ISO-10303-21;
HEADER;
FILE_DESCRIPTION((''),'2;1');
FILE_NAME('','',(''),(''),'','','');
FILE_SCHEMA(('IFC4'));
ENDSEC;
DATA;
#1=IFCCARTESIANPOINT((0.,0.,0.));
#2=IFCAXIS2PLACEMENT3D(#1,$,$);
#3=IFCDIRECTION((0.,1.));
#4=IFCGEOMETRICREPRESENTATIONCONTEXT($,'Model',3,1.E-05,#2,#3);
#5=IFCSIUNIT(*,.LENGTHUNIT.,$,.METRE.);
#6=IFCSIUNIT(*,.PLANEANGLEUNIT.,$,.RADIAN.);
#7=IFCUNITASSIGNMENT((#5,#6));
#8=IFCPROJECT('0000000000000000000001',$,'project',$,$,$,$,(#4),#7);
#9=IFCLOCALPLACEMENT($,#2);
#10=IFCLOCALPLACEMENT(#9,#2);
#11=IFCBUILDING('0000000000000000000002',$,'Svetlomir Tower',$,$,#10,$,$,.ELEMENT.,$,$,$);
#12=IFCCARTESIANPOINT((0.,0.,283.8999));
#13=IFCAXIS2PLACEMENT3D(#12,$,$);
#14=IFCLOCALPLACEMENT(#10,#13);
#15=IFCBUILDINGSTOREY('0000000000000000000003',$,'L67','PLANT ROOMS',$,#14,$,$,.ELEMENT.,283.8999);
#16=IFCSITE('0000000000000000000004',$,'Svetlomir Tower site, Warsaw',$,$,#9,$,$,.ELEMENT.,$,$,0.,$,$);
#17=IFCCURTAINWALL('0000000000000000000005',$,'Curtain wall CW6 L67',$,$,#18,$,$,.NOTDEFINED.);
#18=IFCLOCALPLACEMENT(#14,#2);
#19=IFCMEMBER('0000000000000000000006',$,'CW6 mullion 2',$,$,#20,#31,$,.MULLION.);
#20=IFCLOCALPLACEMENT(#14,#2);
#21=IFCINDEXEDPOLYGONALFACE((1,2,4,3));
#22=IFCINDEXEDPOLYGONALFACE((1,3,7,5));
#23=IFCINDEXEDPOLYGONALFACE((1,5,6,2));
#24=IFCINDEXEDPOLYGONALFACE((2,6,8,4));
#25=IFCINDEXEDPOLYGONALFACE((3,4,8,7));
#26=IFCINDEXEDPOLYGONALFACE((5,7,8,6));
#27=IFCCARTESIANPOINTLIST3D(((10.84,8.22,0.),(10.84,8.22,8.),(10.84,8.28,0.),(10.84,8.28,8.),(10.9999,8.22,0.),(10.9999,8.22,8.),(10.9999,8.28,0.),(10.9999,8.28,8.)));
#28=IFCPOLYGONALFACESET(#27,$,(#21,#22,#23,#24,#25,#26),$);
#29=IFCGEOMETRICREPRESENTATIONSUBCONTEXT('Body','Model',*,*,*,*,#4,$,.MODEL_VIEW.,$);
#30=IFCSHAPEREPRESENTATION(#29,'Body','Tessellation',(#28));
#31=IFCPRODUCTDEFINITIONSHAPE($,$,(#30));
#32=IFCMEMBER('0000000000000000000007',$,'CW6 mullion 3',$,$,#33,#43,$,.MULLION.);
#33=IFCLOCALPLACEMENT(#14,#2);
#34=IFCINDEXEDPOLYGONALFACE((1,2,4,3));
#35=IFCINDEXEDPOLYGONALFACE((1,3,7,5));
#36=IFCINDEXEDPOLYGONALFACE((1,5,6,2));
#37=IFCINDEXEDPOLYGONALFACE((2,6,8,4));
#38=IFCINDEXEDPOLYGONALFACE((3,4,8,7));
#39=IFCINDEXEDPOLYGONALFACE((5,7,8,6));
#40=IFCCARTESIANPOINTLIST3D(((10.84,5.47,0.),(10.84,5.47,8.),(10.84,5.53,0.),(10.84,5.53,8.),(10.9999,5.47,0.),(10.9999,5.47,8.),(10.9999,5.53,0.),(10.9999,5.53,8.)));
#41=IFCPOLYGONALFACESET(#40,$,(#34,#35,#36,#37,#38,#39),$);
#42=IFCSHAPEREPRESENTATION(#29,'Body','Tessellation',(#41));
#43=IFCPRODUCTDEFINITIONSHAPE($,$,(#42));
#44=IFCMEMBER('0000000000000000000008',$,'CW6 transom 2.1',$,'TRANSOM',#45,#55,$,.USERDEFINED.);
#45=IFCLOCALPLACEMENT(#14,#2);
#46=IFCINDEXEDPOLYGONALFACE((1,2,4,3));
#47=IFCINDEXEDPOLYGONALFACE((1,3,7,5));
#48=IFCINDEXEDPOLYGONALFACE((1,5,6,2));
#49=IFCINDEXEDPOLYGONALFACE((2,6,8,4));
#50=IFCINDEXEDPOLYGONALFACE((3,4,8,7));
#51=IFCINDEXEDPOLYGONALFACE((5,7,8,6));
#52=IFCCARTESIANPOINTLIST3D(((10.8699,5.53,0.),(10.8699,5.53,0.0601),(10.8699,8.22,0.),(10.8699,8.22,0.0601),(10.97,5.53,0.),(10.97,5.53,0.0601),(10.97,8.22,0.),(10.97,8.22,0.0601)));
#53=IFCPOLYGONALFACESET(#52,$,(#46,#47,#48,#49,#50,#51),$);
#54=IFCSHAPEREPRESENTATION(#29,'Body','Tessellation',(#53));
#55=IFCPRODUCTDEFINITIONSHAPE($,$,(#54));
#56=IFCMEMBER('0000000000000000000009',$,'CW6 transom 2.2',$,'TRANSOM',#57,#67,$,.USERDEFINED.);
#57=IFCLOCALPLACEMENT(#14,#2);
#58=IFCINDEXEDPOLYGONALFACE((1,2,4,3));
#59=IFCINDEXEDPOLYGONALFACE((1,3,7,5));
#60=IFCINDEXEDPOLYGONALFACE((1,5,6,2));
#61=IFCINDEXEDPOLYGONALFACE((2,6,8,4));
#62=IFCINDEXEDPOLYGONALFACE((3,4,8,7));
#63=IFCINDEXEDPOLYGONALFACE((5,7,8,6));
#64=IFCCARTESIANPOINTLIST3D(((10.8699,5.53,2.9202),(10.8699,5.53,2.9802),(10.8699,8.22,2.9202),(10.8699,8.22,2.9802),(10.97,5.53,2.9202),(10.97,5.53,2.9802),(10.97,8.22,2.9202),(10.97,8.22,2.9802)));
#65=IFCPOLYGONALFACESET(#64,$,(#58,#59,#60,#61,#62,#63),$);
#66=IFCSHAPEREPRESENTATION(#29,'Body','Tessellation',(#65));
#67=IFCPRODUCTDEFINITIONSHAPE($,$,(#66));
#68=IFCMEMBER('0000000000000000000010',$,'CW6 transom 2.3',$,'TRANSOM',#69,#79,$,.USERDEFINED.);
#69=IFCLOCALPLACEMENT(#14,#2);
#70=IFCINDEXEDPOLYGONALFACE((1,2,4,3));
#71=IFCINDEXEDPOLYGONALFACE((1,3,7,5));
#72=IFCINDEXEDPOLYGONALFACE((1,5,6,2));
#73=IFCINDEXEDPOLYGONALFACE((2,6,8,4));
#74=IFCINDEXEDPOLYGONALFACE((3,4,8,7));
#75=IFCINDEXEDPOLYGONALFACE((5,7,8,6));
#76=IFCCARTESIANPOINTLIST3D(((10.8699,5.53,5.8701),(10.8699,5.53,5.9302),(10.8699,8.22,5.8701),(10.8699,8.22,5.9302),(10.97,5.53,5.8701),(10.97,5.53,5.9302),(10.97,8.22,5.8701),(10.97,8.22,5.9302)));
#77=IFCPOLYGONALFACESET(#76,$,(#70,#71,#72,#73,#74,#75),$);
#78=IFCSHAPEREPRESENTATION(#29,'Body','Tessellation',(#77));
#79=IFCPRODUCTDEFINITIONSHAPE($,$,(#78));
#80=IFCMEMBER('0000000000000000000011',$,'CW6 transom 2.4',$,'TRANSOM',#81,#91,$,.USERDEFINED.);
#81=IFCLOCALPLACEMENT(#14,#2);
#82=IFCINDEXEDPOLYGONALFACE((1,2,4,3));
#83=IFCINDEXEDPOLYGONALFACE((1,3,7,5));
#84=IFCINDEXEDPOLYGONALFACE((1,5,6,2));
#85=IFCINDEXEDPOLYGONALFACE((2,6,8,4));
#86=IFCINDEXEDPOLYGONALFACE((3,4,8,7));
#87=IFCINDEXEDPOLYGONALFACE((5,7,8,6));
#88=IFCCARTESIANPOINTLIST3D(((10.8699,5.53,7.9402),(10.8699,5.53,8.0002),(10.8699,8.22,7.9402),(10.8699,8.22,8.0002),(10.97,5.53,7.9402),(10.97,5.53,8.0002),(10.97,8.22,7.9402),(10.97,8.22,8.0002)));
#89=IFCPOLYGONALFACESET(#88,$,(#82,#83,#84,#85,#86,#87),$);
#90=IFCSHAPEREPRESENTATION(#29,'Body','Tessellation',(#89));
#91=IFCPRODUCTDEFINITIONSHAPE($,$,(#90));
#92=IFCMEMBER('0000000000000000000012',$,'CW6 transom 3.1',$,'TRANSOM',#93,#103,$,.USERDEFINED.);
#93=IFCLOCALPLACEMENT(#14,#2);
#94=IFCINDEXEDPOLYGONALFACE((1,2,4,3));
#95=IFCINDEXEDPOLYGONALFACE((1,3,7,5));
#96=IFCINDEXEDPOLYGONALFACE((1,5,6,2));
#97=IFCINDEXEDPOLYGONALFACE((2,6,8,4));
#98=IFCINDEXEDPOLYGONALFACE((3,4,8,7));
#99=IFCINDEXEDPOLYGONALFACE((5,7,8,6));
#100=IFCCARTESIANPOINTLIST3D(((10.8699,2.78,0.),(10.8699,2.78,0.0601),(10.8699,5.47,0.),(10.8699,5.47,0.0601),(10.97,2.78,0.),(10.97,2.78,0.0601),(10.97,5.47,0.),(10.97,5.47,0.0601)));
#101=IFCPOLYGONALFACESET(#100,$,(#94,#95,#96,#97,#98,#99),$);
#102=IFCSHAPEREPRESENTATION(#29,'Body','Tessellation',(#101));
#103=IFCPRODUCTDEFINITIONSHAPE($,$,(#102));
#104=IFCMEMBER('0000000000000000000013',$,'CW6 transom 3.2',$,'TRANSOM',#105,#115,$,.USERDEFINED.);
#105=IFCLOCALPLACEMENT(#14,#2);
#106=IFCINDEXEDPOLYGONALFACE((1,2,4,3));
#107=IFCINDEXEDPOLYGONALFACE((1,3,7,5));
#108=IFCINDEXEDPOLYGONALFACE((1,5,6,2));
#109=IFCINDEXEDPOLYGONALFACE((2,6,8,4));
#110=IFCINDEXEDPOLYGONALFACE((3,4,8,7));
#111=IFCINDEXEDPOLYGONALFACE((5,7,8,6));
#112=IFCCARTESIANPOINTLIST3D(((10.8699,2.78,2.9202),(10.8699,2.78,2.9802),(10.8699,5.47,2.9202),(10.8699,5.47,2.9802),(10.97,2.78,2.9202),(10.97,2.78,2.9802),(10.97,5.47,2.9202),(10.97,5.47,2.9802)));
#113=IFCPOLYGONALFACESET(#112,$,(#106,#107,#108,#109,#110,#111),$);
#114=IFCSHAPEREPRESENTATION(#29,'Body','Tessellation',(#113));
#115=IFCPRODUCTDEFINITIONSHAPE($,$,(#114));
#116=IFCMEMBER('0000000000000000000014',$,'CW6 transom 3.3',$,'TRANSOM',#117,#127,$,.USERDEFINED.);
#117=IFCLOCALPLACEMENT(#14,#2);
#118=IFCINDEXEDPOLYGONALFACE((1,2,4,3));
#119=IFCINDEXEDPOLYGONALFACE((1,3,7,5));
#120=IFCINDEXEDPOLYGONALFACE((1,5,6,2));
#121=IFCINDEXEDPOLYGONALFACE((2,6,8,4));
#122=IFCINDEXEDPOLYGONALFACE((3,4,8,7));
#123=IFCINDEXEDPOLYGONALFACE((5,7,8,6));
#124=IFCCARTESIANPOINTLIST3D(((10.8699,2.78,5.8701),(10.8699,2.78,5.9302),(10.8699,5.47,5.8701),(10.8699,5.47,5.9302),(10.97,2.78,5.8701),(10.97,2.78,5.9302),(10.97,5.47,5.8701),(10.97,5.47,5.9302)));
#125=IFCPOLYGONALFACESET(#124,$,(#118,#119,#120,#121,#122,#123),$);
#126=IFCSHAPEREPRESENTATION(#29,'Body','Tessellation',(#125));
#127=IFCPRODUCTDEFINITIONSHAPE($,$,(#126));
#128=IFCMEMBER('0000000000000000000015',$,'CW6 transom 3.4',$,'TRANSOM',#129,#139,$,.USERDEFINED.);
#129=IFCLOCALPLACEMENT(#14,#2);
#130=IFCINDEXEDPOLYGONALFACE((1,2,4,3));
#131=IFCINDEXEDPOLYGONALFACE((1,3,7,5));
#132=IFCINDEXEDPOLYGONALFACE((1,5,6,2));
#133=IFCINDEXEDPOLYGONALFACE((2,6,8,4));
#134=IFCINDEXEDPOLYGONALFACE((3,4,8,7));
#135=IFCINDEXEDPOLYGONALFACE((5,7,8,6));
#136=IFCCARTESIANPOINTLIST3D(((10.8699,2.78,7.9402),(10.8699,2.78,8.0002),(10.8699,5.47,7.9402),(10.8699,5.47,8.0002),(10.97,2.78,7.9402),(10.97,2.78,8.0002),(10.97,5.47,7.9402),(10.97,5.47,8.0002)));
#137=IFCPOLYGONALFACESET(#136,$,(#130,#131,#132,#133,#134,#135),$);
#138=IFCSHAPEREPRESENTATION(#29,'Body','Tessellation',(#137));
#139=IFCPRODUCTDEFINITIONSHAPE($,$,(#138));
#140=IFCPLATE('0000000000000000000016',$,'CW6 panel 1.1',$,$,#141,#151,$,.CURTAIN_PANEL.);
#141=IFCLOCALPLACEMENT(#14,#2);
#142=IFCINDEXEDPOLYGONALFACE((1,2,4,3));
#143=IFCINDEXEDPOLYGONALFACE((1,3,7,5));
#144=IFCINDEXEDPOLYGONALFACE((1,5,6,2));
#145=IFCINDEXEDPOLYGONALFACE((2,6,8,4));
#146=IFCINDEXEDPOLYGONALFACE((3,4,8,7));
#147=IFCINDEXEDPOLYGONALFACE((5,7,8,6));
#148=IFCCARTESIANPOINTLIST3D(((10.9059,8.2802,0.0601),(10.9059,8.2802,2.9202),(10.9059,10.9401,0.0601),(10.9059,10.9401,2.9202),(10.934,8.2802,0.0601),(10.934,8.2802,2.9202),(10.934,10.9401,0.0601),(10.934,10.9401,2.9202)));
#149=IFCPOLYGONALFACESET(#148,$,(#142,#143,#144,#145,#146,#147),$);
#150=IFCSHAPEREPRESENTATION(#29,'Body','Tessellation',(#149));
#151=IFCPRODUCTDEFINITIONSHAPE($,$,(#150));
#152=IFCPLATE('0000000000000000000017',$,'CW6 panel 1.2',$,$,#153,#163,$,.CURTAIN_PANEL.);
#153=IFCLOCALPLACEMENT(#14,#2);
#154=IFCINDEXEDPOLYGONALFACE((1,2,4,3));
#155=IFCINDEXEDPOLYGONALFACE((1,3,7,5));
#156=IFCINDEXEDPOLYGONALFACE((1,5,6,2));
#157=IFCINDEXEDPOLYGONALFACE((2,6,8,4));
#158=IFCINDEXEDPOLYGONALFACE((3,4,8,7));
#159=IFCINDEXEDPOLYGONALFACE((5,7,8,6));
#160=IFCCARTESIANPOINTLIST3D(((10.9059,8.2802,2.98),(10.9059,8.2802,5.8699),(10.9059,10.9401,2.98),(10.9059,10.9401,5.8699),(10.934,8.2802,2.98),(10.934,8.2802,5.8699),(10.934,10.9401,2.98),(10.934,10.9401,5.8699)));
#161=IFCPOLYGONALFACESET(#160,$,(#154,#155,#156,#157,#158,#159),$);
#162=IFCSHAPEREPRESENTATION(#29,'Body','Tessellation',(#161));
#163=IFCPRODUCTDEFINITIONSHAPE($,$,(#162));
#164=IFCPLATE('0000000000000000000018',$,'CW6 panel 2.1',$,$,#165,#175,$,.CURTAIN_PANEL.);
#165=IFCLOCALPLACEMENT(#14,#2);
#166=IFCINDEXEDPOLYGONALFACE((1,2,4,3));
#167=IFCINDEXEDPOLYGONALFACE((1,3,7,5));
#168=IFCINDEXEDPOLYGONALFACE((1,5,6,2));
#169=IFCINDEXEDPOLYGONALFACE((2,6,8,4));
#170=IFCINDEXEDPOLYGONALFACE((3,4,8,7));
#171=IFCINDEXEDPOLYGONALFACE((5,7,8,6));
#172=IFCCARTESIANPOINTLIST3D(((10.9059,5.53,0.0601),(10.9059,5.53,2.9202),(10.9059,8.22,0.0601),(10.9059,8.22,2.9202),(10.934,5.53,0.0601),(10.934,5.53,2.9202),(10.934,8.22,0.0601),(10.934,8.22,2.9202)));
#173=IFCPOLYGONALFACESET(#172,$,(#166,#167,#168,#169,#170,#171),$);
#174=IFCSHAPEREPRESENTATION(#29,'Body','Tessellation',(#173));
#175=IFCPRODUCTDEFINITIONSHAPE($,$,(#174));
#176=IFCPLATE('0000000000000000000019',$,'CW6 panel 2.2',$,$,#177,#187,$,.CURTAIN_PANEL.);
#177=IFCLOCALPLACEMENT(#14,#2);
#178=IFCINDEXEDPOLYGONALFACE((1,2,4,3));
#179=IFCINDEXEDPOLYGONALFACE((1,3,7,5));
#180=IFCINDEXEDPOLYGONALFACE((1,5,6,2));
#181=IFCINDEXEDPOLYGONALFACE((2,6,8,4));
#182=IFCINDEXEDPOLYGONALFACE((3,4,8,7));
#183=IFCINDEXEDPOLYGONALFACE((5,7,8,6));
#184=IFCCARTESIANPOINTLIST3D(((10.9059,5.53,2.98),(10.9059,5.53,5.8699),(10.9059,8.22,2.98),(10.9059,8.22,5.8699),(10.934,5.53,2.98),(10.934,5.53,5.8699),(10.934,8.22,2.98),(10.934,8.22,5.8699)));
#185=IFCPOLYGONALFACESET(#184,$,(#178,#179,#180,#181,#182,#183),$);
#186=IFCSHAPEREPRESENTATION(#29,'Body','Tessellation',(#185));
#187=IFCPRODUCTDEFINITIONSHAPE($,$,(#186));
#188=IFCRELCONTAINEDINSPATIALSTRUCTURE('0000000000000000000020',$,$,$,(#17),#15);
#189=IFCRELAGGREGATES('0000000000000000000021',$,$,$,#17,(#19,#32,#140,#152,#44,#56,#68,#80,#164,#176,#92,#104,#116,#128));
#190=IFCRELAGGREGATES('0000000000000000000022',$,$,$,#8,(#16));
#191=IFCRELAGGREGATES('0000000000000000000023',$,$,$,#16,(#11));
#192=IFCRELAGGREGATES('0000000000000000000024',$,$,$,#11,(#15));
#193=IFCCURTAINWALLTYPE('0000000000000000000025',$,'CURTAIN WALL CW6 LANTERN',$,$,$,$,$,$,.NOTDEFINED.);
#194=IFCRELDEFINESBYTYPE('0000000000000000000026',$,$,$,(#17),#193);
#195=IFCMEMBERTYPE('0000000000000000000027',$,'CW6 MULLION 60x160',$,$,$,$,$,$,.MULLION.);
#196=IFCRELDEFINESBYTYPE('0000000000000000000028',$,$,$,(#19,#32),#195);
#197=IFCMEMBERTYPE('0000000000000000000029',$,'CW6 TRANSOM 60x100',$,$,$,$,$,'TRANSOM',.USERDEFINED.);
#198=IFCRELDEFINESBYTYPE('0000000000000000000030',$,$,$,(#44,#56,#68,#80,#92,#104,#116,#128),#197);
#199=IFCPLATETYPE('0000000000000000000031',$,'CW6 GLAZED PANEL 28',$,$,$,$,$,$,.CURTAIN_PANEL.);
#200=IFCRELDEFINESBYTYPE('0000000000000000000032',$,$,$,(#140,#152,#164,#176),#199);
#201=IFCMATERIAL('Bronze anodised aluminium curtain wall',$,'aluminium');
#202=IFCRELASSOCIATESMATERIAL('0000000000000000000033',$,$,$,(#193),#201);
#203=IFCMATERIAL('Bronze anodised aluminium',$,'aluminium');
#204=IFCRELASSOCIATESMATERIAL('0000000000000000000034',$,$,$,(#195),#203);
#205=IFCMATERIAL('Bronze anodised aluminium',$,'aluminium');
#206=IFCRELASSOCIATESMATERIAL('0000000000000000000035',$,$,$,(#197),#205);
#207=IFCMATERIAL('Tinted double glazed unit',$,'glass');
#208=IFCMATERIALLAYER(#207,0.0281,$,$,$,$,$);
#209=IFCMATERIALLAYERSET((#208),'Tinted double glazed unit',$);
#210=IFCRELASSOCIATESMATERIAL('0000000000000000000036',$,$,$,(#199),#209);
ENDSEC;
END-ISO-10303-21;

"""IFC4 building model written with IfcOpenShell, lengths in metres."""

from ifc_helpers import new_model, si_unit, direction, frame, origin, origin_2d, place, context, subcontext, project, spatial, rectangle, extrude, material, layer, layer_set, material_profile, profile_set, type_object, element, aggregate, save


model = new_model("IFC4")

# Units and contexts
model_context = context("Model", 3, precision=1e-05, world=origin(), true_north=direction((0.0, 1.0)))
body_context = subcontext(model_context, "Body", "Model", "MODEL_VIEW")
ifc_project = project(units=[si_unit("LENGTHUNIT", "METRE"), si_unit("PLANEANGLEUNIT", "RADIAN")], contexts=[model_context])

# Site, building, storey
site_placement = place(None, origin())
site = spatial("IfcSite", under=ifc_project, at=site_placement, Name="Svetlomir Tower site, Warsaw", CompositionType="ELEMENT", RefElevation=0.0)
building_placement = place(site_placement, origin())
building = spatial("IfcBuilding", under=site, at=building_placement, Name="Svetlomir Tower", CompositionType="ELEMENT")
storey_placement = place(building_placement, frame((0.0, 0.0, 283.8999)))
storey = spatial("IfcBuildingStorey", under=building, at=storey_placement, Name="L67", Description="PLANT ROOMS", CompositionType="ELEMENT", Elevation=283.8999)

# Curtain wall, members, plates
ifc_material_1 = material(Name="Bronze anodised aluminium curtain wall", Category="aluminium")
curtain_wall_type = type_object("IfcCurtainWallType", Name="CURTAIN WALL CW6 LANTERN", PredefinedType="NOTDEFINED", material=ifc_material_1)
curtain_wall_placement = place(storey_placement, origin())
curtain_wall = element("IfcCurtainWall", 1, at=curtain_wall_placement, inside=storey, type_object=curtain_wall_type, Name="Curtain wall CW6 L67", PredefinedType="NOTDEFINED")
ifc_material_2 = material(Name="Bronze anodised aluminium", Category="aluminium")
ifc_material_profile_1 = material_profile(ifc_material_2, rectangle(XDim=0.0601, YDim=0.1599, at=origin_2d()), Name="AL 60x160")
ifc_profile_set_1 = profile_set([ifc_material_profile_1], Name="Bronze anodised aluminium 6063-T6")
member_type_1 = type_object("IfcMemberType", Name="CW6 MULLION 60x160", PredefinedType="MULLION", material=ifc_profile_set_1)
member_1_placement = place(storey_placement, frame((10.9199, 8.25, 0.0), z_axis=(0.0, 0.0, 1.0), x_axis=(0.0, -1.0, 0.0)))
member_1 = element("IfcMember", 2, at=member_1_placement, type_object=member_type_1, Name="CW6 mullion 2", PredefinedType="MULLION", context=body_context, shape_type="SweptSolid", body=[
    extrude(rectangle(XDim=0.0601, YDim=0.1599, at=origin_2d()), origin(), (0.0, 0.0, 1.0), 8.0),
])
member_2_placement = place(storey_placement, frame((10.9199, 5.5, 0.0), z_axis=(0.0, 0.0, 1.0), x_axis=(0.0, -1.0, 0.0)))
member_2 = element("IfcMember", 3, at=member_2_placement, type_object=member_type_1, Name="CW6 mullion 3", PredefinedType="MULLION", context=body_context, shape_type="SweptSolid", body=[
    extrude(rectangle(XDim=0.0601, YDim=0.1599, at=origin_2d()), origin(), (0.0, 0.0, 1.0), 8.0),
])
ifc_material_3 = material(Name="Bronze anodised aluminium", Category="aluminium")
ifc_material_profile_2 = material_profile(ifc_material_3, rectangle(XDim=0.1001, YDim=0.0601, at=origin_2d()), Name="AL 100x60")
ifc_profile_set_2 = profile_set([ifc_material_profile_2], Name="Bronze anodised aluminium 6063-T6")
member_type_2 = type_object("IfcMemberType", Name="CW6 TRANSOM 60x100", ElementType="TRANSOM", PredefinedType="USERDEFINED", material=ifc_profile_set_2)
member_3_placement = place(storey_placement, frame((10.9199, 8.22, 0.03), z_axis=(0.0, -1.0, 0.0), x_axis=(1.0, 0.0, 0.0)))
member_3 = element("IfcMember", 4, at=member_3_placement, type_object=member_type_2, Name="CW6 transom 2.1", ObjectType="TRANSOM", PredefinedType="USERDEFINED", context=body_context, shape_type="SweptSolid", body=[
    extrude(rectangle(XDim=0.1001, YDim=0.0601, at=origin_2d()), origin(), (0.0, 0.0, 1.0), 2.6899),
])
member_4_placement = place(storey_placement, frame((10.9199, 8.22, 2.9502), z_axis=(0.0, -1.0, 0.0), x_axis=(1.0, 0.0, 0.0)))
member_4 = element("IfcMember", 5, at=member_4_placement, type_object=member_type_2, Name="CW6 transom 2.2", ObjectType="TRANSOM", PredefinedType="USERDEFINED", context=body_context, shape_type="SweptSolid", body=[
    extrude(rectangle(XDim=0.1001, YDim=0.0601, at=origin_2d()), origin(), (0.0, 0.0, 1.0), 2.6899),
])
member_5_placement = place(storey_placement, frame((10.9199, 8.22, 5.9001), z_axis=(0.0, -1.0, 0.0), x_axis=(1.0, 0.0, 0.0)))
member_5 = element("IfcMember", 6, at=member_5_placement, type_object=member_type_2, Name="CW6 transom 2.3", ObjectType="TRANSOM", PredefinedType="USERDEFINED", context=body_context, shape_type="SweptSolid", body=[
    extrude(rectangle(XDim=0.1001, YDim=0.0601, at=origin_2d()), origin(), (0.0, 0.0, 1.0), 2.6899),
])
member_6_placement = place(storey_placement, frame((10.9199, 8.22, 7.9702), z_axis=(0.0, -1.0, 0.0), x_axis=(1.0, 0.0, 0.0)))
member_6 = element("IfcMember", 7, at=member_6_placement, type_object=member_type_2, Name="CW6 transom 2.4", ObjectType="TRANSOM", PredefinedType="USERDEFINED", context=body_context, shape_type="SweptSolid", body=[
    extrude(rectangle(XDim=0.1001, YDim=0.0601, at=origin_2d()), origin(), (0.0, 0.0, 1.0), 2.6899),
])
member_7_placement = place(storey_placement, frame((10.9199, 5.47, 0.03), z_axis=(0.0, -1.0, 0.0), x_axis=(1.0, 0.0, 0.0)))
member_7 = element("IfcMember", 8, at=member_7_placement, type_object=member_type_2, Name="CW6 transom 3.1", ObjectType="TRANSOM", PredefinedType="USERDEFINED", context=body_context, shape_type="SweptSolid", body=[
    extrude(rectangle(XDim=0.1001, YDim=0.0601, at=origin_2d()), origin(), (0.0, 0.0, 1.0), 2.6899),
])
member_8_placement = place(storey_placement, frame((10.9199, 5.47, 2.9502), z_axis=(0.0, -1.0, 0.0), x_axis=(1.0, 0.0, 0.0)))
member_8 = element("IfcMember", 9, at=member_8_placement, type_object=member_type_2, Name="CW6 transom 3.2", ObjectType="TRANSOM", PredefinedType="USERDEFINED", context=body_context, shape_type="SweptSolid", body=[
    extrude(rectangle(XDim=0.1001, YDim=0.0601, at=origin_2d()), origin(), (0.0, 0.0, 1.0), 2.6899),
])
member_9_placement = place(storey_placement, frame((10.9199, 5.47, 5.9001), z_axis=(0.0, -1.0, 0.0), x_axis=(1.0, 0.0, 0.0)))
member_9 = element("IfcMember", 10, at=member_9_placement, type_object=member_type_2, Name="CW6 transom 3.3", ObjectType="TRANSOM", PredefinedType="USERDEFINED", context=body_context, shape_type="SweptSolid", body=[
    extrude(rectangle(XDim=0.1001, YDim=0.0601, at=origin_2d()), origin(), (0.0, 0.0, 1.0), 2.6899),
])
member_10_placement = place(storey_placement, frame((10.9199, 5.47, 7.9702), z_axis=(0.0, -1.0, 0.0), x_axis=(1.0, 0.0, 0.0)))
member_10 = element("IfcMember", 11, at=member_10_placement, type_object=member_type_2, Name="CW6 transom 3.4", ObjectType="TRANSOM", PredefinedType="USERDEFINED", context=body_context, shape_type="SweptSolid", body=[
    extrude(rectangle(XDim=0.1001, YDim=0.0601, at=origin_2d()), origin(), (0.0, 0.0, 1.0), 2.6899),
])
ifc_material_4 = material(Name="Tinted double glazed unit", Category="glass")
ifc_layer = layer(ifc_material_4, 0.0281)
ifc_layer_set = layer_set([ifc_layer], Name="Tinted double glazed unit")
plate_type = type_object("IfcPlateType", Name="CW6 GLAZED PANEL 28", PredefinedType="CURTAIN_PANEL", material=ifc_layer_set)
plate_1_placement = place(storey_placement, frame((10.9199, 9.6101, 0.0601), z_axis=(0.0, 0.0, 1.0), x_axis=(0.0, -1.0, 0.0)))
plate_1 = element("IfcPlate", 12, at=plate_1_placement, type_object=plate_type, Name="CW6 panel 1.1", PredefinedType="CURTAIN_PANEL", context=body_context, shape_type="SweptSolid", body=[
    extrude(rectangle(XDim=2.6599, YDim=0.0281, at=origin_2d()), origin(), (0.0, 0.0, 1.0), 2.8601),
])
plate_2_placement = place(storey_placement, frame((10.9199, 9.6101, 2.98), z_axis=(0.0, 0.0, 1.0), x_axis=(0.0, -1.0, 0.0)))
plate_2 = element("IfcPlate", 13, at=plate_2_placement, type_object=plate_type, Name="CW6 panel 1.2", PredefinedType="CURTAIN_PANEL", context=body_context, shape_type="SweptSolid", body=[
    extrude(rectangle(XDim=2.6599, YDim=0.0281, at=origin_2d()), origin(), (0.0, 0.0, 1.0), 2.8899),
])
plate_3_placement = place(storey_placement, frame((10.9199, 6.875, 0.0601), z_axis=(0.0, 0.0, 1.0), x_axis=(0.0, -1.0, 0.0)))
plate_3 = element("IfcPlate", 14, at=plate_3_placement, type_object=plate_type, Name="CW6 panel 2.1", PredefinedType="CURTAIN_PANEL", context=body_context, shape_type="SweptSolid", body=[
    extrude(rectangle(XDim=2.6899, YDim=0.0281, at=origin_2d()), origin(), (0.0, 0.0, 1.0), 2.8601),
])
plate_4_placement = place(storey_placement, frame((10.9199, 6.875, 2.98), z_axis=(0.0, 0.0, 1.0), x_axis=(0.0, -1.0, 0.0)))
plate_4 = element("IfcPlate", 15, at=plate_4_placement, type_object=plate_type, Name="CW6 panel 2.2", PredefinedType="CURTAIN_PANEL", context=body_context, shape_type="SweptSolid", body=[
    extrude(rectangle(XDim=2.6899, YDim=0.0281, at=origin_2d()), origin(), (0.0, 0.0, 1.0), 2.8899),
])
aggregate(curtain_wall, [member_1, member_2, plate_1, plate_2, member_3, member_4, member_5, member_6, plate_3, plate_4, member_7, member_8, member_9, member_10])

save(model, "model.ifc")
